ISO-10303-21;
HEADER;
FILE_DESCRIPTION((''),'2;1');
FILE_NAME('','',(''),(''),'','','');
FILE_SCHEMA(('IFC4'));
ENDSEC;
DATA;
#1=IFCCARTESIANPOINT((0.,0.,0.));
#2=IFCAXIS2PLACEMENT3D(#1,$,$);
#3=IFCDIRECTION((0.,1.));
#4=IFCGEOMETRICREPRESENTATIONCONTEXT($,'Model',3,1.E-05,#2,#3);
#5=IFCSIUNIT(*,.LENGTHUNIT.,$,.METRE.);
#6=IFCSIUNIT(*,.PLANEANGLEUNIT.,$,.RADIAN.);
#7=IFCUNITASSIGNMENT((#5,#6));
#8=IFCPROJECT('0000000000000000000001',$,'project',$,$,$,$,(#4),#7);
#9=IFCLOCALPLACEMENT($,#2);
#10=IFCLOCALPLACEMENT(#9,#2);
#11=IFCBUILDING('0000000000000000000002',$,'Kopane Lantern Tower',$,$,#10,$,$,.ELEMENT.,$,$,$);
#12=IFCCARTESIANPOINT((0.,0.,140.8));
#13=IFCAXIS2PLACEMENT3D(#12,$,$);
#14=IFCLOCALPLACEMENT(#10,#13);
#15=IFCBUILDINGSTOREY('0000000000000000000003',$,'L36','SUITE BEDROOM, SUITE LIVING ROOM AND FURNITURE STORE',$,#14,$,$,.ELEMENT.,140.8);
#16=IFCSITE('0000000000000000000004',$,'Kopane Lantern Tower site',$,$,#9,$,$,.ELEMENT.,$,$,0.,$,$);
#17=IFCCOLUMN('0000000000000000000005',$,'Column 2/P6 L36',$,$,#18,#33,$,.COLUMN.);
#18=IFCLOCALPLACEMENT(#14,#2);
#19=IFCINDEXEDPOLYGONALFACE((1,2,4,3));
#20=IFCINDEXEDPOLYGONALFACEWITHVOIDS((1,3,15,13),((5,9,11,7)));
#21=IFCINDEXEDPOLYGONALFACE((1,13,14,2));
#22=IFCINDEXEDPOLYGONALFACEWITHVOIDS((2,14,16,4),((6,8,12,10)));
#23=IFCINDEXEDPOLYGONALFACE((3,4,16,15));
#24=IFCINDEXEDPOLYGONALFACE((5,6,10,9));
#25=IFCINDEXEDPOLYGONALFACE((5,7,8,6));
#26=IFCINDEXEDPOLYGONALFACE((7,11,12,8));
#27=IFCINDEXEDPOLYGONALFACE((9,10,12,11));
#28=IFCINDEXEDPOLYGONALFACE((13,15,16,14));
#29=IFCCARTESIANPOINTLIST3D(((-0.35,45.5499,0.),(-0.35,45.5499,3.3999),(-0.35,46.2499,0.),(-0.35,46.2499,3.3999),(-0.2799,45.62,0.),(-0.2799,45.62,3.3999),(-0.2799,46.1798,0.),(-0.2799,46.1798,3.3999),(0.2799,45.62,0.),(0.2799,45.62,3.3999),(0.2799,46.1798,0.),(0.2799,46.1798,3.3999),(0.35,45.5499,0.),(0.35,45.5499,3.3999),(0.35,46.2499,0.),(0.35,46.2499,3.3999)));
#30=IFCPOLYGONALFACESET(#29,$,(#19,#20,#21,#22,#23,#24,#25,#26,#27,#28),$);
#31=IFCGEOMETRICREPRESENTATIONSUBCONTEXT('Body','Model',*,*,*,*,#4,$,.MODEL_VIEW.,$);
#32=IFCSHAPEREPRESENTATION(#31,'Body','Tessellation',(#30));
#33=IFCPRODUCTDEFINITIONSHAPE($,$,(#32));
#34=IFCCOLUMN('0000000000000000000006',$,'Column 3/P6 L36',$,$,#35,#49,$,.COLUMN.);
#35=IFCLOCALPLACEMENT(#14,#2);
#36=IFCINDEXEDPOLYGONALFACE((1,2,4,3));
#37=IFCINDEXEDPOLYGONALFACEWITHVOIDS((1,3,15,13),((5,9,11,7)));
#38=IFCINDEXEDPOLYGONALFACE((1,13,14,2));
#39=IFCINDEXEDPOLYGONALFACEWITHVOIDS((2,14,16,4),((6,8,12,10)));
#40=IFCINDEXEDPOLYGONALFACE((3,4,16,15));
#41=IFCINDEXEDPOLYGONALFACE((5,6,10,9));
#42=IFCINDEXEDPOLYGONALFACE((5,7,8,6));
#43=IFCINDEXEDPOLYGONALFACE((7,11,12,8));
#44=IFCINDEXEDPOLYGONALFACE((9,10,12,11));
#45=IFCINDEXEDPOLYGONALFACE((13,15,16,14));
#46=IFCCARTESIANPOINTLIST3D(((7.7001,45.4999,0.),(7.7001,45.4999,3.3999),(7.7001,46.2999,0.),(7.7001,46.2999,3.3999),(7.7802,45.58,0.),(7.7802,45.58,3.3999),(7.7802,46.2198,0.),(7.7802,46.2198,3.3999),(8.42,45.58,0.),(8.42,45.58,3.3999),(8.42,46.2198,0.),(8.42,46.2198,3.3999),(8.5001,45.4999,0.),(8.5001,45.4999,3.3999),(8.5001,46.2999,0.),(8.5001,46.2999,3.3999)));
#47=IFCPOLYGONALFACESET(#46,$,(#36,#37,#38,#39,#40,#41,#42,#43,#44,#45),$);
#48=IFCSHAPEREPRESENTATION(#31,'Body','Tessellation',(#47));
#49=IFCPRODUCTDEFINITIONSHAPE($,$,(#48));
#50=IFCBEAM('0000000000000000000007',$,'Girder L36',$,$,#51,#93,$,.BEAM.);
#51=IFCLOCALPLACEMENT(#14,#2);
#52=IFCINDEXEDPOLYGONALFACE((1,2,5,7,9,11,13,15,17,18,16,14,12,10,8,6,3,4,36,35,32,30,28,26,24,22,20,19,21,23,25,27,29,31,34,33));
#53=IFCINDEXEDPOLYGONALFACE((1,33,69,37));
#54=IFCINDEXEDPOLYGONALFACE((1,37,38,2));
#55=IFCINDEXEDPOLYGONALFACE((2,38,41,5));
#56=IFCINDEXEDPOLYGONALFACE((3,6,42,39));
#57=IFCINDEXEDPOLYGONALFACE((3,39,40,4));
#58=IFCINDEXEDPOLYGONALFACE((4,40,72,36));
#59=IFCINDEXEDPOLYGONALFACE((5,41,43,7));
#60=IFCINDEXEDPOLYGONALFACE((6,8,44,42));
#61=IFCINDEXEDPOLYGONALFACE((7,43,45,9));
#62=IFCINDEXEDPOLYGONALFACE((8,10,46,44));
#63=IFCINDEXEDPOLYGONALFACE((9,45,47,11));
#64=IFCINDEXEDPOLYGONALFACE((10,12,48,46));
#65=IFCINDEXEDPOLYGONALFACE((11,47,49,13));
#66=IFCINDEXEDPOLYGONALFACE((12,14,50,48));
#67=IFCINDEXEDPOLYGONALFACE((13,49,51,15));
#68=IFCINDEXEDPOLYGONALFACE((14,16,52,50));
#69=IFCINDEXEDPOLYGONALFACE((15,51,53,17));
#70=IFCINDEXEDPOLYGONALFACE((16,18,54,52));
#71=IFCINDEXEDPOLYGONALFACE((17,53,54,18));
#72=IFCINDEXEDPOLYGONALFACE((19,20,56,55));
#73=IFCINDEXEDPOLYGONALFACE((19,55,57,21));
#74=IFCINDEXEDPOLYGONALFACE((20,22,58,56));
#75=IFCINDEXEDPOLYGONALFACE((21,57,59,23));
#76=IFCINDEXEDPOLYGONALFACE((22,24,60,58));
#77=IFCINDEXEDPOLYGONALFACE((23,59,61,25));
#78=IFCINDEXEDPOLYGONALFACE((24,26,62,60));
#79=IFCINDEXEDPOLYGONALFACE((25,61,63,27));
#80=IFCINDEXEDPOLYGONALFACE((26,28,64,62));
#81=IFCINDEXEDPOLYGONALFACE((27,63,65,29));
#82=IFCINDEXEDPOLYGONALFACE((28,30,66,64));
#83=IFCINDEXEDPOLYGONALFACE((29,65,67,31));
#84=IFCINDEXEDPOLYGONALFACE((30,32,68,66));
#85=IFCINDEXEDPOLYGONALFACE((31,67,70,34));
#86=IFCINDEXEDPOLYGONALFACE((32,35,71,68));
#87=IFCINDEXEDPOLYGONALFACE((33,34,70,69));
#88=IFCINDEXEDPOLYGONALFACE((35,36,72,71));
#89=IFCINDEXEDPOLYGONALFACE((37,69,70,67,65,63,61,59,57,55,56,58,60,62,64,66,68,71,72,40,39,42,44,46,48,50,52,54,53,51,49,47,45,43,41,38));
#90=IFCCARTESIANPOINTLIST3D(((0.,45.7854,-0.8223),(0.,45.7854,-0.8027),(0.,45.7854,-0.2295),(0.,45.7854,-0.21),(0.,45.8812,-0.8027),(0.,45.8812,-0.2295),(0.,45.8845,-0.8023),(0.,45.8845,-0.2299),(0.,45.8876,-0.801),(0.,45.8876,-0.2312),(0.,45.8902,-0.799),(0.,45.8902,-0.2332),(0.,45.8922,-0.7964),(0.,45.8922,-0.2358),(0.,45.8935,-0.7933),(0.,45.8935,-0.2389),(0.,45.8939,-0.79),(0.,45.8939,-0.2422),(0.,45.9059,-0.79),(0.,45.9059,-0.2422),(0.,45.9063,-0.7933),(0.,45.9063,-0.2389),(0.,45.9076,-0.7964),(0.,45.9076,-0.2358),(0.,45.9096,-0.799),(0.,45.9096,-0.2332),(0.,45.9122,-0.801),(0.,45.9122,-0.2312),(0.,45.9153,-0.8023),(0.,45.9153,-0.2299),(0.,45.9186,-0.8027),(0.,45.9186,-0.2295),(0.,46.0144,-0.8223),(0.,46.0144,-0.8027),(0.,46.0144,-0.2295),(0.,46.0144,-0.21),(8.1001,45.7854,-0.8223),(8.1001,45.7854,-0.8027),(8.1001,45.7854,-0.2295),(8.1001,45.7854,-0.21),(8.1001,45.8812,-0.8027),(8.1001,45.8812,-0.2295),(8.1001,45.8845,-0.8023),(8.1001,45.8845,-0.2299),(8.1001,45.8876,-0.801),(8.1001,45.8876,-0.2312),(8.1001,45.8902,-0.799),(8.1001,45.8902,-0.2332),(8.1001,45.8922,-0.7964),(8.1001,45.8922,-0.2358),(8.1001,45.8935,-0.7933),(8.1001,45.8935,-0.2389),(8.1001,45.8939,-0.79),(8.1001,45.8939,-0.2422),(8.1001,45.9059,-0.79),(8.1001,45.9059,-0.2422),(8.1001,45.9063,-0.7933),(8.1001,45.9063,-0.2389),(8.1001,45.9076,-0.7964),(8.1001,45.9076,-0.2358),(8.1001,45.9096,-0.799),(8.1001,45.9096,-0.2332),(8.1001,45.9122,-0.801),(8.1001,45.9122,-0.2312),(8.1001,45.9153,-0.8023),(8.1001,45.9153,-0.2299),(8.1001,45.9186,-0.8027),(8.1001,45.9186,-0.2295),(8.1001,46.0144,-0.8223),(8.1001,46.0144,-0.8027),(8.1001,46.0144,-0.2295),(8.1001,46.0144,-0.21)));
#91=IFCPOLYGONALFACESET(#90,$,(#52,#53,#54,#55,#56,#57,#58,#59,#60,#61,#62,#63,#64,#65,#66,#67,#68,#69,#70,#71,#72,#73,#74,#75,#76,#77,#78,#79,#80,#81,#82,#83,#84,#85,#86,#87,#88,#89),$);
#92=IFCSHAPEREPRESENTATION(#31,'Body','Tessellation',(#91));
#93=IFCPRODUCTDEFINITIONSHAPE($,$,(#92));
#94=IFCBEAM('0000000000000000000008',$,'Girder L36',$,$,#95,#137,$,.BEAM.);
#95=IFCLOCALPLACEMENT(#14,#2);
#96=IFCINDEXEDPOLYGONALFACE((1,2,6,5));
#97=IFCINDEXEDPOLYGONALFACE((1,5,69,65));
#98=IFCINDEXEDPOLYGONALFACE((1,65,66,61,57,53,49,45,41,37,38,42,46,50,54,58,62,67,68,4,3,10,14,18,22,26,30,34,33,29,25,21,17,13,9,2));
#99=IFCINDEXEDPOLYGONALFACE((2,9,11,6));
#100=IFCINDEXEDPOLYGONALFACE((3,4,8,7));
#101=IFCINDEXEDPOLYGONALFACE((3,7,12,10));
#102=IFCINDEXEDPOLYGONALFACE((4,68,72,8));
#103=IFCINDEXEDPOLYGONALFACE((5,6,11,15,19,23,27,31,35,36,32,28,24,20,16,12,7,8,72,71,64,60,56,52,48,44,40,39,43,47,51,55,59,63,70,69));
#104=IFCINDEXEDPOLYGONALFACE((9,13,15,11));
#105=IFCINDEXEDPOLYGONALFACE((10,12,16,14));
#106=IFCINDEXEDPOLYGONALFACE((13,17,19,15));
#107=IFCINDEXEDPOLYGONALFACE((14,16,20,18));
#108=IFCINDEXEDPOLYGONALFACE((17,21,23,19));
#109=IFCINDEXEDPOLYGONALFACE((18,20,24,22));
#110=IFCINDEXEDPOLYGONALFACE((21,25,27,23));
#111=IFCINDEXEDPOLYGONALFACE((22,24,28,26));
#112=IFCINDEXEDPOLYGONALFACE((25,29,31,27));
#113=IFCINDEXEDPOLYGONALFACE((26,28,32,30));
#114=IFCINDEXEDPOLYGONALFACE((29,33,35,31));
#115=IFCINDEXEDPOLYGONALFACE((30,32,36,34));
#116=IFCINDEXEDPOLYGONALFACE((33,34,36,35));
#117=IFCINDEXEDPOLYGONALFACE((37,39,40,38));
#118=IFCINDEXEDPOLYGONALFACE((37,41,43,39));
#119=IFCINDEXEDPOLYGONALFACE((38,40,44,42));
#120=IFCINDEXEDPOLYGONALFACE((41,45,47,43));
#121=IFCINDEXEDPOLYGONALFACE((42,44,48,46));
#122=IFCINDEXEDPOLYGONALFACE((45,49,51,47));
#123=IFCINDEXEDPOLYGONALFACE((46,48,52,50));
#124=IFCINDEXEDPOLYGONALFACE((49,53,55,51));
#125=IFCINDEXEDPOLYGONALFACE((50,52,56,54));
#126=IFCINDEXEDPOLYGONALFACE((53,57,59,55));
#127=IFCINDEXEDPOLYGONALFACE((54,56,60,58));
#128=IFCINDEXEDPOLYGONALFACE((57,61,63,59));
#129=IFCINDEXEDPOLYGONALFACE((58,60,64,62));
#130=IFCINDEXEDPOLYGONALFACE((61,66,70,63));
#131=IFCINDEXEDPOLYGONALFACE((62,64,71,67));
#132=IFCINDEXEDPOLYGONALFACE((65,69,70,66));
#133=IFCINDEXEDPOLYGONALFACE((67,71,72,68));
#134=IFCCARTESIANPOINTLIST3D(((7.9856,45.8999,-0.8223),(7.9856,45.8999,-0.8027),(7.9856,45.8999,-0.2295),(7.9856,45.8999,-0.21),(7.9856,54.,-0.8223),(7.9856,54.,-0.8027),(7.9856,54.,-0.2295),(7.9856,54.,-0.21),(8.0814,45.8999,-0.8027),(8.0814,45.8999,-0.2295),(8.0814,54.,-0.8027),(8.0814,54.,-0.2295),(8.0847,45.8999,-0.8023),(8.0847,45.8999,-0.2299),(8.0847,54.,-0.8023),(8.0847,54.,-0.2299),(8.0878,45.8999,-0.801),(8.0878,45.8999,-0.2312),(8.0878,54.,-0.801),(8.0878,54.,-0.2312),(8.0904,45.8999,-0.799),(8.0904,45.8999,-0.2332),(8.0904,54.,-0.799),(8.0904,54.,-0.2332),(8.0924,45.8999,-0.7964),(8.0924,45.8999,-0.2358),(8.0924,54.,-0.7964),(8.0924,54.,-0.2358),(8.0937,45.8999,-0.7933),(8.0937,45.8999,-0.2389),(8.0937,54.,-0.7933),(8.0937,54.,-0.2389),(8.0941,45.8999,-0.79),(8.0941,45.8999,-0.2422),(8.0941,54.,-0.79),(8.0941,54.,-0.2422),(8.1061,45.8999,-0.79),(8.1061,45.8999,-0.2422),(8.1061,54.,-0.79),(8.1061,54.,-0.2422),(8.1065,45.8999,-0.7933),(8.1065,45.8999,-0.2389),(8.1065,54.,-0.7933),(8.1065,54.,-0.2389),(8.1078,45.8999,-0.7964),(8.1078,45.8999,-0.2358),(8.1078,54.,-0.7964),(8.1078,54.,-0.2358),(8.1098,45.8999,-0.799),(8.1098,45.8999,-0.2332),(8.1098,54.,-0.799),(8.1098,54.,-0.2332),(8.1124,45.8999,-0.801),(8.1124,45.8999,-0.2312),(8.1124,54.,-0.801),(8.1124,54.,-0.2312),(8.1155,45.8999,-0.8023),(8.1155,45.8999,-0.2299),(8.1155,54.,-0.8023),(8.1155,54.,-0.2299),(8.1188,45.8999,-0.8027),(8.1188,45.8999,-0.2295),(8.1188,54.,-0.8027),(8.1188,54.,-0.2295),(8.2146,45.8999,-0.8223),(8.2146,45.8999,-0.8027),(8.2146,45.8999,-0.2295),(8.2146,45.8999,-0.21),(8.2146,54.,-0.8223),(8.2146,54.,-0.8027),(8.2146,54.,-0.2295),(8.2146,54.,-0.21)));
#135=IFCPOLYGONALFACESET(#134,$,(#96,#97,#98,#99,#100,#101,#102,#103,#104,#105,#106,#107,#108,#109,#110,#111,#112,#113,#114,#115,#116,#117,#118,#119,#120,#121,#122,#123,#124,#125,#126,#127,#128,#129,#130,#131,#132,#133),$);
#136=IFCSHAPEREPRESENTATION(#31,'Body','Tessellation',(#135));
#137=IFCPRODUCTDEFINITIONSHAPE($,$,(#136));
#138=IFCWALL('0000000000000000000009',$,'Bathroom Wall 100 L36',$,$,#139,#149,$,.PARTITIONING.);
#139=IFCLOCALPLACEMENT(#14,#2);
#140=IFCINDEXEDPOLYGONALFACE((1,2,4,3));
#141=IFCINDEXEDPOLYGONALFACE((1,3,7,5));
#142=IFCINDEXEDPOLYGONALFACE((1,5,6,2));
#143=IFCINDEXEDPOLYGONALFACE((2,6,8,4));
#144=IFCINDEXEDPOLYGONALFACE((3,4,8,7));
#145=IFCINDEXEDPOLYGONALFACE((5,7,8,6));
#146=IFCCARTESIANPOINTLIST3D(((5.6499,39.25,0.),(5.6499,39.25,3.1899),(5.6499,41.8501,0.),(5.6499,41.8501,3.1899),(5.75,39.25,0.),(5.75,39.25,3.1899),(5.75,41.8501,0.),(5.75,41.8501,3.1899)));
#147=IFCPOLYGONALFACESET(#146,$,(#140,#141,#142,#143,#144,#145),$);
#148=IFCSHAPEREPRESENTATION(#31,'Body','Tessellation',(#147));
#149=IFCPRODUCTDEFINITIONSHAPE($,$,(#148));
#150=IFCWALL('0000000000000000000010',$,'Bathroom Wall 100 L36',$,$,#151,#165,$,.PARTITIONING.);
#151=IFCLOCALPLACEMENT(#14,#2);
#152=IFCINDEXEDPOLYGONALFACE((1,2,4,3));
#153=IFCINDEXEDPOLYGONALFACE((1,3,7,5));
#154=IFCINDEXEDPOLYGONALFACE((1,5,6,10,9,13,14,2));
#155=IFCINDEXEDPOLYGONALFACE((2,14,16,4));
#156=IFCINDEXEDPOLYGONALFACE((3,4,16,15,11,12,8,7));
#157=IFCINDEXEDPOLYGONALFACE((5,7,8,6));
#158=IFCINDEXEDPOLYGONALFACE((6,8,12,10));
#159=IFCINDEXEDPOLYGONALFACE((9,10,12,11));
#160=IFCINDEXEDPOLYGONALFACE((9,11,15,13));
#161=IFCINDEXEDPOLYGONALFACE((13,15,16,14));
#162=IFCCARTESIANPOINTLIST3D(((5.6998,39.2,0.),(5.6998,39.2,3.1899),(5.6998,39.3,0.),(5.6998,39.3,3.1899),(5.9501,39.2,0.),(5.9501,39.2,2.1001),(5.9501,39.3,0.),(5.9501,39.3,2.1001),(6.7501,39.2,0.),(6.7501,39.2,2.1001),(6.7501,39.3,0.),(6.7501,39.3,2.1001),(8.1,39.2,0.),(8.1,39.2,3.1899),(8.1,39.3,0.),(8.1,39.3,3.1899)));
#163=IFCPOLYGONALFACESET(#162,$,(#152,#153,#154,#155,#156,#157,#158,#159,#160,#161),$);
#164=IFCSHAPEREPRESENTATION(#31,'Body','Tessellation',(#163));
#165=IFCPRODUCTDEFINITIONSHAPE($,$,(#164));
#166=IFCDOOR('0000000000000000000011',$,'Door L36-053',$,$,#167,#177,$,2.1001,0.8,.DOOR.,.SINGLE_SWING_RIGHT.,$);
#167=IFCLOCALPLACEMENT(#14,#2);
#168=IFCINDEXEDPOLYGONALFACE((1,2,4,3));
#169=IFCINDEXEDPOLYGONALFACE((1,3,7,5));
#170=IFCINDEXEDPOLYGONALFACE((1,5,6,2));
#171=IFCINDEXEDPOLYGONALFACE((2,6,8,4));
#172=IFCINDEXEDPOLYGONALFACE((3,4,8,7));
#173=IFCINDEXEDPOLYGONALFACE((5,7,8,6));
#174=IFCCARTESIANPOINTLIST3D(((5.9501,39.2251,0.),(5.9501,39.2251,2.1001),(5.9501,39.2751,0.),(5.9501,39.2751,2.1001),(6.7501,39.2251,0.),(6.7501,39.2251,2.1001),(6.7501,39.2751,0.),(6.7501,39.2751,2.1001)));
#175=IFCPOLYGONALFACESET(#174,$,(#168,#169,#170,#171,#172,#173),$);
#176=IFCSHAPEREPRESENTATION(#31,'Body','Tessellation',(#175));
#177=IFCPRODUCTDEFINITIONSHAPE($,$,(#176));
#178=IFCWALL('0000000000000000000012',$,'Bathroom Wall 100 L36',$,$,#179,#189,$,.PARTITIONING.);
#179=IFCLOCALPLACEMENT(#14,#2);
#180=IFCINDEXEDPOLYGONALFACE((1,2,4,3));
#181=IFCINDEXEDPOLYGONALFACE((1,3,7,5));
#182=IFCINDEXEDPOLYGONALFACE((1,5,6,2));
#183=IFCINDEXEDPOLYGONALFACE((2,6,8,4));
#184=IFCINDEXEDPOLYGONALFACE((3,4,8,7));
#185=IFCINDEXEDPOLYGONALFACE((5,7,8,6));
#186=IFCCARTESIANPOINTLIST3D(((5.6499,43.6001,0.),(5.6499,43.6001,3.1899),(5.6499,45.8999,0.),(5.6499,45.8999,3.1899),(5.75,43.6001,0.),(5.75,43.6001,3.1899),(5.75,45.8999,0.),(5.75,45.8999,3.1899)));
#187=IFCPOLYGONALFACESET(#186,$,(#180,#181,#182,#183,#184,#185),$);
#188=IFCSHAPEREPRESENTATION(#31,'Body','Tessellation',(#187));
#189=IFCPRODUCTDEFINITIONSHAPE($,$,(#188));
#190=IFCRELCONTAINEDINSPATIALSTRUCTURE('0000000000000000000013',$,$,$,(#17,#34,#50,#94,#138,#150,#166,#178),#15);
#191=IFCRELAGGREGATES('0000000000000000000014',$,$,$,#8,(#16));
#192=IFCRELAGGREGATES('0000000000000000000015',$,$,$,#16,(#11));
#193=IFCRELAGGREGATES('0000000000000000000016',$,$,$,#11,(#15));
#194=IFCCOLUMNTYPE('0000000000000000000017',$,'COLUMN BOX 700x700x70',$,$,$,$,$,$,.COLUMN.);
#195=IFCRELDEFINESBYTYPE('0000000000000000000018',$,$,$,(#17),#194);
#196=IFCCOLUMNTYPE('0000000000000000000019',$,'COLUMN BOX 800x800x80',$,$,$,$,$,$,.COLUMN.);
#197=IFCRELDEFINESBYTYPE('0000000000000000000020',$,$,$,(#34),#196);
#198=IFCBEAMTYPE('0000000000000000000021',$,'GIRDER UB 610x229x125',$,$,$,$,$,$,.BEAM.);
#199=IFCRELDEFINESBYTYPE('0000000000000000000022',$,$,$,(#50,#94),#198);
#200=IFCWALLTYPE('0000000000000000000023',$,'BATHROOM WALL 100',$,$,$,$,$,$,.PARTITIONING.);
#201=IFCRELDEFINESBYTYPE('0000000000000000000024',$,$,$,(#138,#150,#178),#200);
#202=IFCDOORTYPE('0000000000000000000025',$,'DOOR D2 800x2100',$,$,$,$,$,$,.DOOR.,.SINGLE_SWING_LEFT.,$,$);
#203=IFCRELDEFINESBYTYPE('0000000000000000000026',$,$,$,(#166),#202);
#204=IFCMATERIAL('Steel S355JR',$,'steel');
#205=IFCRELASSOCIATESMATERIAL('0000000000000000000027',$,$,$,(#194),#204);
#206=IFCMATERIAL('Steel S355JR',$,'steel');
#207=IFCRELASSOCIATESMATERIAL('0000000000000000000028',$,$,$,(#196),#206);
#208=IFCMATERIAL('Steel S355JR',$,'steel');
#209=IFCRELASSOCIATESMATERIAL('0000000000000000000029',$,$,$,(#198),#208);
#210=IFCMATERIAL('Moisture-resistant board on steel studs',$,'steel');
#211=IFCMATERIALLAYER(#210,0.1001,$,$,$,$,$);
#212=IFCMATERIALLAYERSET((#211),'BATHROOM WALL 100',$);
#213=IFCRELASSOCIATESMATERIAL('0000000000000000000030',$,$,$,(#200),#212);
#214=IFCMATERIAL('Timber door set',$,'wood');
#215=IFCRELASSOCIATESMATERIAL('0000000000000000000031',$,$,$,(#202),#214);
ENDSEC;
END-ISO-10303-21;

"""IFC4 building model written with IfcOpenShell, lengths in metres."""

from ifc_helpers import new_model, si_unit, direction, frame, frame_2d, origin, origin_2d, place, context, subcontext, project, spatial, rectangle, hollow_rectangle, i_section, extrude, material, layer, layer_set, material_profile, profile_set, type_object, element, fill, save


model = new_model("IFC4")

# Units and contexts
model_context = context("Model", 3, precision=1e-05, world=origin(), true_north=direction((0.0, 1.0)))
body_context = subcontext(model_context, "Body", "Model", "MODEL_VIEW")
ifc_project = project(units=[si_unit("LENGTHUNIT", "METRE"), si_unit("PLANEANGLEUNIT", "RADIAN")], contexts=[model_context])

# Site, building, storey
site_placement = place(None, origin())
site = spatial("IfcSite", under=ifc_project, at=site_placement, Name="Kopane Lantern Tower site", CompositionType="ELEMENT", RefElevation=0.0)
building_placement = place(site_placement, origin())
building = spatial("IfcBuilding", under=site, at=building_placement, Name="Kopane Lantern Tower", CompositionType="ELEMENT")
storey_placement = place(building_placement, frame((0.0, 0.0, 140.8)))
storey = spatial("IfcBuildingStorey", under=building, at=storey_placement, Name="L36", Description="SUITE BEDROOM, SUITE LIVING ROOM AND FURNITURE STORE", CompositionType="ELEMENT", Elevation=140.8)

# Columns
ifc_material_1 = material(Name="Steel S355JR", Category="steel")
ifc_material_profile_1 = material_profile(ifc_material_1, hollow_rectangle(XDim=0.7, YDim=0.7, WallThickness=0.0701, at=origin_2d()), Name="BOX 700x700x70")
ifc_profile_set_1 = profile_set([ifc_material_profile_1], Name="Steel S355JR")
column_type_1 = type_object("IfcColumnType", Name="COLUMN BOX 700x700x70", PredefinedType="COLUMN", material=ifc_profile_set_1)
column_1_placement = place(storey_placement, frame((0.0, 45.8999, 0.0), z_axis=(0.0, 0.0, 1.0), x_axis=(1.0, 0.0, 0.0)))
element("IfcColumn", 1, at=column_1_placement, inside=storey, type_object=column_type_1, Name="Column 2/P6 L36", PredefinedType="COLUMN", context=body_context, shape_type="SweptSolid", body=[
    extrude(hollow_rectangle(XDim=0.7, YDim=0.7, WallThickness=0.0701, at=origin_2d()), origin(), (0.0, 0.0, 1.0), 3.3999),
])
ifc_material_2 = material(Name="Steel S355JR", Category="steel")
ifc_material_profile_2 = material_profile(ifc_material_2, hollow_rectangle(XDim=0.8, YDim=0.8, WallThickness=0.0801, at=origin_2d()), Name="BOX 800x800x80")
ifc_profile_set_2 = profile_set([ifc_material_profile_2], Name="Steel S355JR")
column_type_2 = type_object("IfcColumnType", Name="COLUMN BOX 800x800x80", PredefinedType="COLUMN", material=ifc_profile_set_2)
column_2_placement = place(storey_placement, frame((8.1001, 45.8999, 0.0), z_axis=(0.0, 0.0, 1.0), x_axis=(1.0, 0.0, 0.0)))
element("IfcColumn", 2, at=column_2_placement, inside=storey, type_object=column_type_2, Name="Column 3/P6 L36", PredefinedType="COLUMN", context=body_context, shape_type="SweptSolid", body=[
    extrude(hollow_rectangle(XDim=0.8, YDim=0.8, WallThickness=0.0801, at=origin_2d()), origin(), (0.0, 0.0, 1.0), 3.3999),
])

# Beams
ifc_material_3 = material(Name="Steel S355JR", Category="steel")
ifc_material_profile_3 = material_profile(ifc_material_3, i_section(OverallWidth=0.229, OverallDepth=0.6123, WebThickness=0.012, FlangeThickness=0.0195, FilletRadius=0.0127, at=origin_2d()), Name="UB 610x229x125")
ifc_profile_set_3 = profile_set([ifc_material_profile_3], Name="Steel S355JR")
beam_type = type_object("IfcBeamType", Name="GIRDER UB 610x229x125", PredefinedType="BEAM", material=ifc_profile_set_3)
for number, where, z_axis, x_axis, name in (
    (3, (0.0, 45.8999, -0.5161), (1.0, 0.0, 0.0), (0.0, 1.0, 0.0), "Girder L36"),
    (4, (8.1001, 45.8999, -0.5161), (0.0, 1.0, 0.0), (-1.0, 0.0, 0.0), "Girder L36"),
):
    element("IfcBeam", number, at=place(storey_placement, frame(where, z_axis=z_axis, x_axis=x_axis)), inside=storey, type_object=beam_type, Name=name, PredefinedType="BEAM", context=body_context, shape_type="SweptSolid", body=[
        extrude(i_section(OverallWidth=0.229, OverallDepth=0.6123, WebThickness=0.012, FlangeThickness=0.0195, FilletRadius=0.0127, at=origin_2d()), origin(), (0.0, 0.0, 1.0), 8.1001),
    ])

# Wall
ifc_material_4 = material(Name="Moisture-resistant board on steel studs", Category="steel")
ifc_layer_1 = layer(ifc_material_4, 0.1001)
ifc_layer_set_1 = layer_set([ifc_layer_1], Name="BATHROOM WALL 100")
wall_type_1 = type_object("IfcWallType", Name="BATHROOM WALL 100", PredefinedType="PARTITIONING", material=ifc_layer_set_1)
wall_1_placement = place(storey_placement, frame((5.7, 39.25, 0.0), z_axis=(0.0, 0.0, 1.0), x_axis=(0.0, 1.0, 0.0)))
element("IfcWall", 5, at=wall_1_placement, inside=storey, type_object=wall_type_1, Name="Bathroom Wall 100 L36", PredefinedType="PARTITIONING", context=body_context, shape_type="SweptSolid", body=[
    extrude(rectangle(XDim=2.6001, YDim=0.1001, at=frame_2d((1.3, 0.0))), origin(), (0.0, 0.0, 1.0), 3.1899),
])

# Wall, opening, door
wall_2_placement = place(storey_placement, frame((8.1001, 39.25, 0.0), z_axis=(0.0, 0.0, 1.0), x_axis=(-1.0, 0.0, 0.0)))
wall_2 = element("IfcWall", 6, at=wall_2_placement, inside=storey, type_object=wall_type_1, Name="Bathroom Wall 100 L36", PredefinedType="PARTITIONING", context=body_context, shape_type="SweptSolid", body=[
    extrude(rectangle(XDim=2.4001, YDim=0.1001, at=frame_2d((1.2002, 0.0))), origin(), (0.0, 0.0, 1.0), 3.1899),
])
opening_1_placement = place(wall_2_placement, frame((1.3501, 0.0, 0.0)))
opening_1 = element("IfcOpeningElement", 7, at=opening_1_placement, cuts=wall_2, PredefinedType="OPENING", context=body_context, shape_type="SweptSolid", body=[
    extrude(rectangle(XDim=0.8, YDim=2.1001, at=frame_2d((0.3999, 1.05))), frame((0.0, 0.0601, 0.0), z_axis=(0.0, -1.0, 0.0), x_axis=(1.0, 0.0, 0.0)), (0.0, 0.0, 1.0), 0.1201),
])
ifc_material_5 = material(Name="Timber door set", Category="wood")
door_type = type_object("IfcDoorType", Name="DOOR D2 800x2100", OperationType="SINGLE_SWING_LEFT", PredefinedType="DOOR", material=ifc_material_5)
door_1_placement = place(opening_1_placement, origin())
door_1 = element("IfcDoor", 8, at=door_1_placement, inside=storey, type_object=door_type, Name="Door L36-053", OperationType="SINGLE_SWING_RIGHT", OverallHeight=2.1001, OverallWidth=0.8, PredefinedType="DOOR", context=body_context, shape_type="SweptSolid", body=[
    extrude(rectangle(XDim=0.8, YDim=2.1001, at=frame_2d((0.3999, 1.05))), frame((0.0, 0.0249, 0.0), z_axis=(0.0, -1.0, 0.0), x_axis=(1.0, 0.0, 0.0)), (0.0, 0.0, 1.0), 0.05),
])
fill(opening_1, door_1)

# Wall
wall_3_placement = place(storey_placement, frame((5.7, 43.6001, 0.0), z_axis=(0.0, 0.0, 1.0), x_axis=(0.0, 1.0, 0.0)))
element("IfcWall", 9, at=wall_3_placement, inside=storey, type_object=wall_type_1, Name="Bathroom Wall 100 L36", PredefinedType="PARTITIONING", context=body_context, shape_type="SweptSolid", body=[
    extrude(rectangle(XDim=2.2998, YDim=0.1001, at=frame_2d((1.1499, 0.0))), origin(), (0.0, 0.0, 1.0), 3.1899),
])

save(model, "model.ifc")
